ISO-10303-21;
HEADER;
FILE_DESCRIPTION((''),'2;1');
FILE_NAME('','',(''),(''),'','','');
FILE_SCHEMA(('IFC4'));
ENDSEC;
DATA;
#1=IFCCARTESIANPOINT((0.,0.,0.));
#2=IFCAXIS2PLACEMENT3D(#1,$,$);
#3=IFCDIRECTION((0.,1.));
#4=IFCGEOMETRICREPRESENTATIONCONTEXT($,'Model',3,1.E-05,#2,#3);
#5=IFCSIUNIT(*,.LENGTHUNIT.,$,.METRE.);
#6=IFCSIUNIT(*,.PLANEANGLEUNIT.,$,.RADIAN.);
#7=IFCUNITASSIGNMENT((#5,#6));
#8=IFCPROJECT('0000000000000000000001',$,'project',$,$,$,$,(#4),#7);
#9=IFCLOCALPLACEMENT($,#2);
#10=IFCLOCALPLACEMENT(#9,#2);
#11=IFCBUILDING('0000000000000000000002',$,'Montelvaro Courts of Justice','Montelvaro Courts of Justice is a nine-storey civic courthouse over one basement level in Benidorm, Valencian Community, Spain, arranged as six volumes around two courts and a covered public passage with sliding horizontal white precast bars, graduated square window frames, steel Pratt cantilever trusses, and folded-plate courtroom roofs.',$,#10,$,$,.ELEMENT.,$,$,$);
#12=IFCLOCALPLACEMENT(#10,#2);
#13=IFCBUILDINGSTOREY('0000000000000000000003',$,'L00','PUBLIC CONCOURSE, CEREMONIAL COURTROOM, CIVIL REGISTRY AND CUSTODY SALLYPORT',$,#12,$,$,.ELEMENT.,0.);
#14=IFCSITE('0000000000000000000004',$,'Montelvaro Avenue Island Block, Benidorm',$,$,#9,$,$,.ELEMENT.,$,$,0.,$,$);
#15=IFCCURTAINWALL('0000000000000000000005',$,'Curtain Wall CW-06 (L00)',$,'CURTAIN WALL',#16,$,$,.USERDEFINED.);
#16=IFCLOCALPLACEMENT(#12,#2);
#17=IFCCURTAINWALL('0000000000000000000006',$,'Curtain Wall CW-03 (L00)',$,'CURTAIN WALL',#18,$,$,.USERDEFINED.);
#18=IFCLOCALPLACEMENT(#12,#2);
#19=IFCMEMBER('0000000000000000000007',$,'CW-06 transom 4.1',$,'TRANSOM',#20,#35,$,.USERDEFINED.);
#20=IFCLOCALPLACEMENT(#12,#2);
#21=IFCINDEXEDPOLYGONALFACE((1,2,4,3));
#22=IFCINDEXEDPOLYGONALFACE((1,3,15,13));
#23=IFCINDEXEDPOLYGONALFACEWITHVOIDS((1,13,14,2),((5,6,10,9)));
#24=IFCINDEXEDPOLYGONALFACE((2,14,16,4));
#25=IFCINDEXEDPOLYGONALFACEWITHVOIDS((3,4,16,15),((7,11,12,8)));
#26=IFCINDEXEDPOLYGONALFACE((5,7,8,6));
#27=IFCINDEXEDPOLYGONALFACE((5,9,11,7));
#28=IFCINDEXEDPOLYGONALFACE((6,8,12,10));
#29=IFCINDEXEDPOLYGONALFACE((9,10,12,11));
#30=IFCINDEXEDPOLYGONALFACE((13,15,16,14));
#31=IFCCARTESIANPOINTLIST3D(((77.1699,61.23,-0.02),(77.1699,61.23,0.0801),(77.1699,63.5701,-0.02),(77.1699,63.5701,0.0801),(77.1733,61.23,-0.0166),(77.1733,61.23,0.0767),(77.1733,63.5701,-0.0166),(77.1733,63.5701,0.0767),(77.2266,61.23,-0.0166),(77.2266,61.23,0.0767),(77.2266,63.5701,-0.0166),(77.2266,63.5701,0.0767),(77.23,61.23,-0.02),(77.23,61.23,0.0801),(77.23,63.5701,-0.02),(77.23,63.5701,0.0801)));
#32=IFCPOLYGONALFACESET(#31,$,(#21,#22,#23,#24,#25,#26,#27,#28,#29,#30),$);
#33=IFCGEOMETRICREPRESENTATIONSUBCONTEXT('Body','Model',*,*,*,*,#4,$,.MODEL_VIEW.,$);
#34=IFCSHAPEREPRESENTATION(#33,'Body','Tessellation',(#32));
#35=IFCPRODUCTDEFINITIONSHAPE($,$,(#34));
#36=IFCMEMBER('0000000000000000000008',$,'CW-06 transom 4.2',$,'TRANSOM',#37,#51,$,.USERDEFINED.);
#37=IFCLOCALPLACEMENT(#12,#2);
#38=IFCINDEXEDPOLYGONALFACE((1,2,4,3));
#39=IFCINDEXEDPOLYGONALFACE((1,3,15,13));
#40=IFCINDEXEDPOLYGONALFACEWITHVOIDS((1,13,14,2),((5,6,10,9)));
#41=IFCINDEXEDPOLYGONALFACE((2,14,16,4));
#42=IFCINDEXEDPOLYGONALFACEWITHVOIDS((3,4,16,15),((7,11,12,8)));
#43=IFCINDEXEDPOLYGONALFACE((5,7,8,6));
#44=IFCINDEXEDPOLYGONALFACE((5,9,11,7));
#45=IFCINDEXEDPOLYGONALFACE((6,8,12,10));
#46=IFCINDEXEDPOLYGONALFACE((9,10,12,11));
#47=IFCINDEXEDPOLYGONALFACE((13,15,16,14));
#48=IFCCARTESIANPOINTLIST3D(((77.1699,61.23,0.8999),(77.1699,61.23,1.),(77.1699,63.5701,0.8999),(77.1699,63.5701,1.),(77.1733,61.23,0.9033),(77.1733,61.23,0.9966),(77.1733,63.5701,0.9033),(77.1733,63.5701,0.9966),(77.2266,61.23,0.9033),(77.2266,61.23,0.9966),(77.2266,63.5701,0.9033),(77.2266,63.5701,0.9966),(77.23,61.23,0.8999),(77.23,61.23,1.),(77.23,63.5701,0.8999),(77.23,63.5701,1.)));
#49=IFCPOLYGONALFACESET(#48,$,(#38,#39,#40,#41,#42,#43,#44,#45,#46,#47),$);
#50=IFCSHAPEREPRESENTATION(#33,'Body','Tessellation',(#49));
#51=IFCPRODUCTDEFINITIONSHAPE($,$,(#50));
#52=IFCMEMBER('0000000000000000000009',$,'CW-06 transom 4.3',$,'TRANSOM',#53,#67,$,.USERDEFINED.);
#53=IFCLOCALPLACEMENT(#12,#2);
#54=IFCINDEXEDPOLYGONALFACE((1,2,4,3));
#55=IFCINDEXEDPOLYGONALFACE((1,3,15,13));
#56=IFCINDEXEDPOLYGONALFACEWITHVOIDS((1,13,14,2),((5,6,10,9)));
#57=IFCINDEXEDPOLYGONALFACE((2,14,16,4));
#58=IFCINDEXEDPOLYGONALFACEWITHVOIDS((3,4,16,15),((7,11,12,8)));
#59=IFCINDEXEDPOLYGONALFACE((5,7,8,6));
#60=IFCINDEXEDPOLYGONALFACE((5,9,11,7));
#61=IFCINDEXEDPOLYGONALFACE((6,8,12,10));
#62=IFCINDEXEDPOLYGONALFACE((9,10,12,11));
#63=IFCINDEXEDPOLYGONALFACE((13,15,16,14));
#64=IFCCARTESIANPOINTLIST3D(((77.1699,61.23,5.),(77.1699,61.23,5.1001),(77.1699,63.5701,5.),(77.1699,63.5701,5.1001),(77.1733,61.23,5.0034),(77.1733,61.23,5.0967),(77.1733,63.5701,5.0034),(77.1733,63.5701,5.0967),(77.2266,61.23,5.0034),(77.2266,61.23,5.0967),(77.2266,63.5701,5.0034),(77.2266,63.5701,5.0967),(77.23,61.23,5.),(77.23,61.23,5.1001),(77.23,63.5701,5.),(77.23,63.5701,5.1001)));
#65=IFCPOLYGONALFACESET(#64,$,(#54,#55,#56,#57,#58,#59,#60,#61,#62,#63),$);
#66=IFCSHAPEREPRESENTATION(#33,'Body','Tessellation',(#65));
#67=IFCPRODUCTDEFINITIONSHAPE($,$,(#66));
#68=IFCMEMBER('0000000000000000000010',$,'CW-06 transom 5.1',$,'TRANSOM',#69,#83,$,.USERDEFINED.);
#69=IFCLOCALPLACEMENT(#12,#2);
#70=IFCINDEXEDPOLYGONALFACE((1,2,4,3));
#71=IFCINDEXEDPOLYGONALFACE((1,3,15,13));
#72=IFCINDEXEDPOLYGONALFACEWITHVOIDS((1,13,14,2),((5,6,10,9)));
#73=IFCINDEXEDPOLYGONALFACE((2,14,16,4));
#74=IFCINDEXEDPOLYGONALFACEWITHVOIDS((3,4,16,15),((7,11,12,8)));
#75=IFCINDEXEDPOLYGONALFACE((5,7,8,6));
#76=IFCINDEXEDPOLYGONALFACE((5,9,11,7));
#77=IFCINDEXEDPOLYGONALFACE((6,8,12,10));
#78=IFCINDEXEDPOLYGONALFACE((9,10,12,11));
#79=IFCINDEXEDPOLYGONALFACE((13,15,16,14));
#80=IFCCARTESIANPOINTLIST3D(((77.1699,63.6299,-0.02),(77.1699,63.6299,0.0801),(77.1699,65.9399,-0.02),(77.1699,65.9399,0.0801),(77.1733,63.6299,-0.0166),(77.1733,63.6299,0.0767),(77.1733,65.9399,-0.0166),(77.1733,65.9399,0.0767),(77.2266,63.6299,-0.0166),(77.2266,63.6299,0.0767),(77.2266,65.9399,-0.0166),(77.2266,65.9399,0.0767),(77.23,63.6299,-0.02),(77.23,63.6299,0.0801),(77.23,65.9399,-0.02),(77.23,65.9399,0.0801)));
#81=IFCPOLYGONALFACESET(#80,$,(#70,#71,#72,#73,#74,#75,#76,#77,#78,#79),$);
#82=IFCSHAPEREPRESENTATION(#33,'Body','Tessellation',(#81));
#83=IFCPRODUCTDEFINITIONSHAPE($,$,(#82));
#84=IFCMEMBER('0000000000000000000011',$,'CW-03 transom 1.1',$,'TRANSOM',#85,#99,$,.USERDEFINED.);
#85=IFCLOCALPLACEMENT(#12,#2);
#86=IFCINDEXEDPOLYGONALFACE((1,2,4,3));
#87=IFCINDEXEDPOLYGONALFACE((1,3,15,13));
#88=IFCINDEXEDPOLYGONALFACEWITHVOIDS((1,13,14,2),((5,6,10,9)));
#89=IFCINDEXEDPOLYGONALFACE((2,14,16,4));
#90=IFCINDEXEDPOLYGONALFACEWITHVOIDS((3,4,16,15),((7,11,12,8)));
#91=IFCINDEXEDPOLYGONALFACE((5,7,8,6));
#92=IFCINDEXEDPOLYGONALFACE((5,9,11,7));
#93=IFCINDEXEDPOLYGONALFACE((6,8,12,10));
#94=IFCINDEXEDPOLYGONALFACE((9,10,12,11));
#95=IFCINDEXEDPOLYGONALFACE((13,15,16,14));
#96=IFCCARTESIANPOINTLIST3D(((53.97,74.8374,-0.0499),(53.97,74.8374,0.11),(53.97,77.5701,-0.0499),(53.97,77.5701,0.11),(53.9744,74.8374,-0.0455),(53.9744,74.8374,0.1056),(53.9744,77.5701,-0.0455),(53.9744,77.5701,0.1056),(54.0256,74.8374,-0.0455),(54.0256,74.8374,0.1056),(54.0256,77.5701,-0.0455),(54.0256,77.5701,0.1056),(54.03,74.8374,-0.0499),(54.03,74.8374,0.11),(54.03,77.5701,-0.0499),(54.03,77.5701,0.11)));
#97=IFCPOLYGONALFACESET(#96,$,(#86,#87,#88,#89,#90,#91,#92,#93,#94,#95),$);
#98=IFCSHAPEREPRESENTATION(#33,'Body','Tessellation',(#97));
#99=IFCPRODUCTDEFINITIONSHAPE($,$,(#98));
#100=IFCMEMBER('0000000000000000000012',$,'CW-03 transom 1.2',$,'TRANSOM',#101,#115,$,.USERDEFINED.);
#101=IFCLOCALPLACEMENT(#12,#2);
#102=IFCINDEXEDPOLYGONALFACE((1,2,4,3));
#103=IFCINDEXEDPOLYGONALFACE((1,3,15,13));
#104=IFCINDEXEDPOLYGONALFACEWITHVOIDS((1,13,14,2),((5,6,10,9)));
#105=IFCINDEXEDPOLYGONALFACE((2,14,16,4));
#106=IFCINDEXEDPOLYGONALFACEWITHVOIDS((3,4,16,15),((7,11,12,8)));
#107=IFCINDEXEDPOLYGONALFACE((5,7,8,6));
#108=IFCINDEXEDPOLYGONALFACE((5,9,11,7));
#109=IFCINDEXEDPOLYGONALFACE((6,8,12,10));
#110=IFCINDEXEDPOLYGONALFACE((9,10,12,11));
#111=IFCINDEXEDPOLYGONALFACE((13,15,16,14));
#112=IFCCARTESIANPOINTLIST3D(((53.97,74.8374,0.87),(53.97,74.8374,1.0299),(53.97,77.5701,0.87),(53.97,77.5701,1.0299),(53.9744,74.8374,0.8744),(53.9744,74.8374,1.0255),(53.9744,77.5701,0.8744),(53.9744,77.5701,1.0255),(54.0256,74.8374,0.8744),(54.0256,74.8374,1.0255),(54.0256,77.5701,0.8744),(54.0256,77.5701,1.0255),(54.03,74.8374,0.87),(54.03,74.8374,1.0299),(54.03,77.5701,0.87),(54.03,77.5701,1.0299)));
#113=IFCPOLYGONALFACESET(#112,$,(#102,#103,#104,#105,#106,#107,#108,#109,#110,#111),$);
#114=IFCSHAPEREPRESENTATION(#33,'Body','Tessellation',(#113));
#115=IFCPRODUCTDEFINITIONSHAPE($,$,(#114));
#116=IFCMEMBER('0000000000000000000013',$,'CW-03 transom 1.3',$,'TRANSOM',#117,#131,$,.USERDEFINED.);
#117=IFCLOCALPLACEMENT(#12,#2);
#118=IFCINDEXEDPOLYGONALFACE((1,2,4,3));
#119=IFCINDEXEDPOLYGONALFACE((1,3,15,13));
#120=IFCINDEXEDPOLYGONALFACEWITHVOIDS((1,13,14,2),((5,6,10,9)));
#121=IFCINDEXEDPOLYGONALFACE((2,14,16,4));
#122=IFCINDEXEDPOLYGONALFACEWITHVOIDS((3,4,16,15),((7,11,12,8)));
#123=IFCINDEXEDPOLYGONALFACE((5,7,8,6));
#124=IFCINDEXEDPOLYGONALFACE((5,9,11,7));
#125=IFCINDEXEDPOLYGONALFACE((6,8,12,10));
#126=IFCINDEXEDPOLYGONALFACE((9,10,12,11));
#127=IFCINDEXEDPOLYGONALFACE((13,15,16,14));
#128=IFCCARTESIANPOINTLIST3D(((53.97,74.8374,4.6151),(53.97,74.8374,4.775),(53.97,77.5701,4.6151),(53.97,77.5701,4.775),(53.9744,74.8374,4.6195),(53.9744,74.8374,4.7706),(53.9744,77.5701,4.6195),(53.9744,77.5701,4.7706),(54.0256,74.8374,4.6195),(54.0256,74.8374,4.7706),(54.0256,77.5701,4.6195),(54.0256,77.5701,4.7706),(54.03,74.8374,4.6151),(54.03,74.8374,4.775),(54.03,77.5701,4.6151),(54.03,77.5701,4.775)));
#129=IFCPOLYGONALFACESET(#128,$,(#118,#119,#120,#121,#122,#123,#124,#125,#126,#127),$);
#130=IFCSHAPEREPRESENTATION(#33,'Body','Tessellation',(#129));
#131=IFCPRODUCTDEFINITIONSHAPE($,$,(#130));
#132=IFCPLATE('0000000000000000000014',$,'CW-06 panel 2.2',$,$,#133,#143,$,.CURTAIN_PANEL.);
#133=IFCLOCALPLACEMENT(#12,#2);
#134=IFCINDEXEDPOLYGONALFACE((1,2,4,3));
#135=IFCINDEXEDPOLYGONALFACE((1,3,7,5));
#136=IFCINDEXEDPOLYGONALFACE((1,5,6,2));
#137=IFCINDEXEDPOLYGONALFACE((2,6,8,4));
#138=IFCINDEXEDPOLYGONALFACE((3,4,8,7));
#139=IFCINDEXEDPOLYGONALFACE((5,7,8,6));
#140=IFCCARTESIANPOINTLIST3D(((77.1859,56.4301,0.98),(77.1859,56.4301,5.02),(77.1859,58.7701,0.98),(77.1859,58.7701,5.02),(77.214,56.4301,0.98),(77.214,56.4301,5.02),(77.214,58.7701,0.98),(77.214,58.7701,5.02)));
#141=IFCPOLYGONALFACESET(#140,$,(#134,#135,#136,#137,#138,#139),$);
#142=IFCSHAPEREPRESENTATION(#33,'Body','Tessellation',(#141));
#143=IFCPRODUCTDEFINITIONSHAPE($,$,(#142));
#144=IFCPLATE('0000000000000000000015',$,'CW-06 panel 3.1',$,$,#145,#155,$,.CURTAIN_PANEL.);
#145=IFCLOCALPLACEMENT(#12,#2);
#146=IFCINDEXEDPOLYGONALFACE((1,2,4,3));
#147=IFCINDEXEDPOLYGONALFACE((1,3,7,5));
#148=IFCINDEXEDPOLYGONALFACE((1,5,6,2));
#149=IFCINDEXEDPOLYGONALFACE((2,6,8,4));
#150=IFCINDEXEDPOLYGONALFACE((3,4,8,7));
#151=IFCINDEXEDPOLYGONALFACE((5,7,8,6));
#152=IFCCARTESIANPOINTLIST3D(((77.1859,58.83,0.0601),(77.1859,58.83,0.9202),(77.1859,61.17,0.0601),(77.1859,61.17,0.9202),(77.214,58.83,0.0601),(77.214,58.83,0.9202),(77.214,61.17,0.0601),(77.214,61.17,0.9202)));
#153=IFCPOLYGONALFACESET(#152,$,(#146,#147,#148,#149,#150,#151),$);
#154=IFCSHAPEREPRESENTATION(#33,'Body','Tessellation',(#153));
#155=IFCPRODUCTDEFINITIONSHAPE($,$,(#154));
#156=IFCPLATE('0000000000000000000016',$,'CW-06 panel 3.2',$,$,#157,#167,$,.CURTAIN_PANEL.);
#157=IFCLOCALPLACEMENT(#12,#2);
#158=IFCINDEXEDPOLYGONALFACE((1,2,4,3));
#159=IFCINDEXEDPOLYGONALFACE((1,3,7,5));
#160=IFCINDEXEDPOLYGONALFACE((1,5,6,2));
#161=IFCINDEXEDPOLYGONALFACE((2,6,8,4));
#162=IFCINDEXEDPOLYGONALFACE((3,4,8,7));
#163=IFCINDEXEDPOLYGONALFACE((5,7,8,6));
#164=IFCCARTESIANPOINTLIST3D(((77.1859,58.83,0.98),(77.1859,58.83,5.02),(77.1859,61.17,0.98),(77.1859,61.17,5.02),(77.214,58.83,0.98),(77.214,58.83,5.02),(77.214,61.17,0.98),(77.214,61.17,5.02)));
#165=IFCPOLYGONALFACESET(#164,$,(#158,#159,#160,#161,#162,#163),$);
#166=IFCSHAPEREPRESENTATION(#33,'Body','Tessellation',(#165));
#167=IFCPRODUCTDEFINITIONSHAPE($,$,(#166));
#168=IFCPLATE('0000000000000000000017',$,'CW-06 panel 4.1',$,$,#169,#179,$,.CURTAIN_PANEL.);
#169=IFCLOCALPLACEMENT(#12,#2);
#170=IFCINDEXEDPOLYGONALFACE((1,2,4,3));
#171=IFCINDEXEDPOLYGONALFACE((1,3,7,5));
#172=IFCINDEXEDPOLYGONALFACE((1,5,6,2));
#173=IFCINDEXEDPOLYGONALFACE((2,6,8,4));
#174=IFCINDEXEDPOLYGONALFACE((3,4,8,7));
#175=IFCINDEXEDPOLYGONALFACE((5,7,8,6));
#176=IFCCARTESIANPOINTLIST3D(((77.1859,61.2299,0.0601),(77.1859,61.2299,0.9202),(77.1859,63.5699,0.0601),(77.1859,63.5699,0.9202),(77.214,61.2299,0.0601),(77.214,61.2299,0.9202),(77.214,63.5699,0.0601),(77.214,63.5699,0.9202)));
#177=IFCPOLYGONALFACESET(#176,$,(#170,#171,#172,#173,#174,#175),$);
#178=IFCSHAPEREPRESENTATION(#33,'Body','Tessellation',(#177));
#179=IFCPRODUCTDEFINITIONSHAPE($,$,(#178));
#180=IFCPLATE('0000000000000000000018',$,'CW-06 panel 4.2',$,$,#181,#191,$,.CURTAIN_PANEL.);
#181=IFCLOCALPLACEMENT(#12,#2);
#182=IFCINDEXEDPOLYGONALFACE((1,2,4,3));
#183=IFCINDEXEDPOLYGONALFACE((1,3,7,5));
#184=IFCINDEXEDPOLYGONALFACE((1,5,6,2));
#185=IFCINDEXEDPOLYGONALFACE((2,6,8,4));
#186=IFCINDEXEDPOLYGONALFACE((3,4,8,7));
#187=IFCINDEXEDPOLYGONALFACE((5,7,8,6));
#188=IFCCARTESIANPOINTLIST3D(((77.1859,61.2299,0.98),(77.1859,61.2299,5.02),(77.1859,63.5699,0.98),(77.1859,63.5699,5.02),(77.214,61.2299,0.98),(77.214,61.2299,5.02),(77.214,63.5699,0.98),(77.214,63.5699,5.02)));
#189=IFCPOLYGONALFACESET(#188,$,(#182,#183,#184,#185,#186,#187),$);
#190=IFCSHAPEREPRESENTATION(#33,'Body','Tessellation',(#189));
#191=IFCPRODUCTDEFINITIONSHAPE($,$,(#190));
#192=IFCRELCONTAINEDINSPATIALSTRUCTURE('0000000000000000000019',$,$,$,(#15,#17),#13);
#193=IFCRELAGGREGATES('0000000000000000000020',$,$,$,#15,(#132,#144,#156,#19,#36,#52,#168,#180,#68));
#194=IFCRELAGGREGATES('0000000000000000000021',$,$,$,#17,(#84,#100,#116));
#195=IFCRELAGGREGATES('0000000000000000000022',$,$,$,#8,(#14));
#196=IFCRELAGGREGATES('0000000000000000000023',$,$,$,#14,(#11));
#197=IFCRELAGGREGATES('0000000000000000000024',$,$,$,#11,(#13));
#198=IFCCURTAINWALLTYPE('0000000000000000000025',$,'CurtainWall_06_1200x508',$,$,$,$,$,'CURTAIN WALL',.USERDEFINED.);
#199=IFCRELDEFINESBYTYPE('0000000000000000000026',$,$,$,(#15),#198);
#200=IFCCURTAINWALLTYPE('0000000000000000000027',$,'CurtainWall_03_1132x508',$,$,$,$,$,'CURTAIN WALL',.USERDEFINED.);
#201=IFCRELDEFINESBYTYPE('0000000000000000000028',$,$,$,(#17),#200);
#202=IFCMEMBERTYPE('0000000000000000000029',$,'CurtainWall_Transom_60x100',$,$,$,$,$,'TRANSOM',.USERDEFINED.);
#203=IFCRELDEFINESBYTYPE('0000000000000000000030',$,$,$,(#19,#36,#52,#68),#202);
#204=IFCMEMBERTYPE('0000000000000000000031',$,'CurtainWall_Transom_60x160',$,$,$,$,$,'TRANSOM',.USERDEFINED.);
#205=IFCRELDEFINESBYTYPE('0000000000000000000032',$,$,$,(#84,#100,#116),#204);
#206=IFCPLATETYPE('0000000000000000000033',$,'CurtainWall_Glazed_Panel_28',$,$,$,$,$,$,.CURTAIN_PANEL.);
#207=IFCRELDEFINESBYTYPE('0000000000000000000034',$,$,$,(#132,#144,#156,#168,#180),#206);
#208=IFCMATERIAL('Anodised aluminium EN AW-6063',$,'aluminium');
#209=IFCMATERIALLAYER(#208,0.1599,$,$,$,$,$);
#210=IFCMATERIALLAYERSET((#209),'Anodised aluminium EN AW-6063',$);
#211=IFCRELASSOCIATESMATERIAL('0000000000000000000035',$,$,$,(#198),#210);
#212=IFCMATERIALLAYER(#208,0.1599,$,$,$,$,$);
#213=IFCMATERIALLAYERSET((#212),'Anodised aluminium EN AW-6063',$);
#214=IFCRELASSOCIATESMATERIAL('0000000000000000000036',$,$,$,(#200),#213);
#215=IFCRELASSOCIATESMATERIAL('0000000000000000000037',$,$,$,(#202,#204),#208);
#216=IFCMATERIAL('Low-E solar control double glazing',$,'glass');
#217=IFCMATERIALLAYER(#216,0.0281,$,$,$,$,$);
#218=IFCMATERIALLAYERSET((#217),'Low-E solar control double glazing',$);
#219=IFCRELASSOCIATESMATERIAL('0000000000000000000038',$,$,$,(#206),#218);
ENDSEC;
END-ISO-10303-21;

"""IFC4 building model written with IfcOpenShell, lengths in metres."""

from ifc_helpers import new_model, si_unit, direction, frame, origin, origin_2d, place, context, subcontext, project, spatial, rectangle, hollow_rectangle, extrude, material, layer, layer_set, material_profile, profile_set, type_object, element, aggregate, save


model = new_model("IFC4")

# Units and contexts
model_context = context("Model", 3, precision=1e-05, world=origin(), true_north=direction((0.0, 1.0)))
body_context = subcontext(model_context, "Body", "Model", "MODEL_VIEW")
ifc_project = project(units=[si_unit("LENGTHUNIT", "METRE"), si_unit("PLANEANGLEUNIT", "RADIAN")], contexts=[model_context])

# Site, building, storey
site_placement = place(None, origin())
site = spatial("IfcSite", under=ifc_project, at=site_placement, Name="Montelvaro Avenue Island Block, Benidorm", CompositionType="ELEMENT", RefElevation=0.0)
building_placement = place(site_placement, origin())
building = spatial("IfcBuilding", under=site, at=building_placement, Name="Montelvaro Courts of Justice", Description="Montelvaro Courts of Justice is a nine-storey civic courthouse over one basement level in Benidorm, Valencian Community, Spain, arranged as six volumes around two courts and a covered public passage with sliding horizontal white precast bars, graduated square window frames, steel Pratt cantilever trusses, and folded-plate courtroom roofs.", CompositionType="ELEMENT")
storey_placement = place(building_placement, origin())
storey = spatial("IfcBuildingStorey", under=building, at=storey_placement, Name="L00", Description="PUBLIC CONCOURSE, CEREMONIAL COURTROOM, CIVIL REGISTRY AND CUSTODY SALLYPORT", CompositionType="ELEMENT", Elevation=0.0)

# Curtain wall
ifc_material_1 = material(Name="Anodised aluminium EN AW-6063", Category="aluminium")
ifc_layer_1 = layer(ifc_material_1, 0.1599)
ifc_layer_set_1 = layer_set([ifc_layer_1], Name="Anodised aluminium EN AW-6063")
curtain_wall_type_1 = type_object("IfcCurtainWallType", Name="CurtainWall_06_1200x508", ElementType="CURTAIN WALL", PredefinedType="USERDEFINED", material=ifc_layer_set_1)
curtain_wall_1_placement = place(storey_placement, origin())
curtain_wall_1 = element("IfcCurtainWall", 1, at=curtain_wall_1_placement, inside=storey, type_object=curtain_wall_type_1, Name="Curtain Wall CW-06 (L00)", ObjectType="CURTAIN WALL", PredefinedType="USERDEFINED")

# Curtain wall
ifc_layer_2 = layer(ifc_material_1, 0.1599)
ifc_layer_set_2 = layer_set([ifc_layer_2], Name="Anodised aluminium EN AW-6063")
curtain_wall_type_2 = type_object("IfcCurtainWallType", Name="CurtainWall_03_1132x508", ElementType="CURTAIN WALL", PredefinedType="USERDEFINED", material=ifc_layer_set_2)
curtain_wall_2_placement = place(storey_placement, origin())
curtain_wall_2 = element("IfcCurtainWall", 2, at=curtain_wall_2_placement, inside=storey, type_object=curtain_wall_type_2, Name="Curtain Wall CW-03 (L00)", ObjectType="CURTAIN WALL", PredefinedType="USERDEFINED")

# Members
ifc_material_profile_1 = material_profile(ifc_material_1, hollow_rectangle(XDim=0.0601, YDim=0.1001, WallThickness=0.0034, at=origin_2d()), Name="ALU-T 60x100")
ifc_profile_set_1 = profile_set([ifc_material_profile_1], Name="Anodised aluminium EN AW-6063")
member_type_1 = type_object("IfcMemberType", Name="CurtainWall_Transom_60x100", ElementType="TRANSOM", PredefinedType="USERDEFINED", material=ifc_profile_set_1)
member_1_placement = place(storey_placement, frame((77.2, 61.23, 0.03), z_axis=(0.0, 1.0, 0.0), x_axis=(-1.0, 0.0, 0.0)))
member_1 = element("IfcMember", 3, at=member_1_placement, type_object=member_type_1, Name="CW-06 transom 4.1", ObjectType="TRANSOM", PredefinedType="USERDEFINED", context=body_context, shape_type="SweptSolid", body=[
    extrude(hollow_rectangle(XDim=0.0601, YDim=0.1001, WallThickness=0.0034, at=origin_2d()), origin(), (0.0, 0.0, 1.0), 2.3401),
])
member_2_placement = place(storey_placement, frame((77.2, 61.23, 0.95), z_axis=(0.0, 1.0, 0.0), x_axis=(-1.0, 0.0, 0.0)))
member_2 = element("IfcMember", 4, at=member_2_placement, type_object=member_type_1, Name="CW-06 transom 4.2", ObjectType="TRANSOM", PredefinedType="USERDEFINED", context=body_context, shape_type="SweptSolid", body=[
    extrude(hollow_rectangle(XDim=0.0601, YDim=0.1001, WallThickness=0.0034, at=origin_2d()), origin(), (0.0, 0.0, 1.0), 2.3401),
])
member_3_placement = place(storey_placement, frame((77.2, 61.23, 5.05), z_axis=(0.0, 1.0, 0.0), x_axis=(-1.0, 0.0, 0.0)))
member_3 = element("IfcMember", 5, at=member_3_placement, type_object=member_type_1, Name="CW-06 transom 4.3", ObjectType="TRANSOM", PredefinedType="USERDEFINED", context=body_context, shape_type="SweptSolid", body=[
    extrude(hollow_rectangle(XDim=0.0601, YDim=0.1001, WallThickness=0.0034, at=origin_2d()), origin(), (0.0, 0.0, 1.0), 2.3401),
])
member_4_placement = place(storey_placement, frame((77.2, 63.6299, 0.03), z_axis=(0.0, 1.0, 0.0), x_axis=(-1.0, 0.0, 0.0)))
member_4 = element("IfcMember", 6, at=member_4_placement, type_object=member_type_1, Name="CW-06 transom 5.1", ObjectType="TRANSOM", PredefinedType="USERDEFINED", context=body_context, shape_type="SweptSolid", body=[
    extrude(hollow_rectangle(XDim=0.0601, YDim=0.1001, WallThickness=0.0034, at=origin_2d()), origin(), (0.0, 0.0, 1.0), 2.3101),
])
ifc_material_profile_2 = material_profile(ifc_material_1, hollow_rectangle(XDim=0.0601, YDim=0.1599, WallThickness=0.0044, at=origin_2d()), Name="ALU-T 60x160")
ifc_profile_set_2 = profile_set([ifc_material_profile_2], Name="Anodised aluminium EN AW-6063")
member_type_2 = type_object("IfcMemberType", Name="CurtainWall_Transom_60x160", ElementType="TRANSOM", PredefinedType="USERDEFINED", material=ifc_profile_set_2)
member_5_placement = place(storey_placement, frame((54.0, 77.5701, 0.03), z_axis=(0.0, -1.0, 0.0), x_axis=(1.0, 0.0, 0.0)))
member_5 = element("IfcMember", 7, at=member_5_placement, type_object=member_type_2, Name="CW-03 transom 1.1", ObjectType="TRANSOM", PredefinedType="USERDEFINED", context=body_context, shape_type="SweptSolid", body=[
    extrude(hollow_rectangle(XDim=0.0601, YDim=0.1599, WallThickness=0.0044, at=origin_2d()), origin(), (0.0, 0.0, 1.0), 2.7327),
])
member_6_placement = place(storey_placement, frame((54.0, 77.5701, 0.95), z_axis=(0.0, -1.0, 0.0), x_axis=(1.0, 0.0, 0.0)))
member_6 = element("IfcMember", 8, at=member_6_placement, type_object=member_type_2, Name="CW-03 transom 1.2", ObjectType="TRANSOM", PredefinedType="USERDEFINED", context=body_context, shape_type="SweptSolid", body=[
    extrude(hollow_rectangle(XDim=0.0601, YDim=0.1599, WallThickness=0.0044, at=origin_2d()), origin(), (0.0, 0.0, 1.0), 2.7327),
])
member_7_placement = place(storey_placement, frame((54.0, 77.5701, 4.6951), z_axis=(0.0, -1.0, 0.0), x_axis=(1.0, 0.0, 0.0)))
member_7 = element("IfcMember", 9, at=member_7_placement, type_object=member_type_2, Name="CW-03 transom 1.3", ObjectType="TRANSOM", PredefinedType="USERDEFINED", context=body_context, shape_type="SweptSolid", body=[
    extrude(hollow_rectangle(XDim=0.0601, YDim=0.1599, WallThickness=0.0044, at=origin_2d()), origin(), (0.0, 0.0, 1.0), 2.7327),
])

# Plates
ifc_material_2 = material(Name="Low-E solar control double glazing", Category="glass")
ifc_layer_3 = layer(ifc_material_2, 0.0281)
ifc_layer_set_3 = layer_set([ifc_layer_3], Name="Low-E solar control double glazing")
plate_type = type_object("IfcPlateType", Name="CurtainWall_Glazed_Panel_28", PredefinedType="CURTAIN_PANEL", material=ifc_layer_set_3)
plate_1_placement = place(storey_placement, frame((77.2, 57.6001, 0.98), z_axis=(0.0, 0.0, 1.0), x_axis=(0.0, 1.0, 0.0)))
plate_1 = element("IfcPlate", 10, at=plate_1_placement, type_object=plate_type, Name="CW-06 panel 2.2", PredefinedType="CURTAIN_PANEL", context=body_context, shape_type="SweptSolid", body=[
    extrude(rectangle(XDim=2.3401, YDim=0.0281, at=origin_2d()), origin(), (0.0, 0.0, 1.0), 4.04),
])
plate_2_placement = place(storey_placement, frame((77.2, 60.0, 0.0601), z_axis=(0.0, 0.0, 1.0), x_axis=(0.0, 1.0, 0.0)))
plate_2 = element("IfcPlate", 11, at=plate_2_placement, type_object=plate_type, Name="CW-06 panel 3.1", PredefinedType="CURTAIN_PANEL", context=body_context, shape_type="SweptSolid", body=[
    extrude(rectangle(XDim=2.3401, YDim=0.0281, at=origin_2d()), origin(), (0.0, 0.0, 1.0), 0.8601),
])
plate_3_placement = place(storey_placement, frame((77.2, 60.0, 0.98), z_axis=(0.0, 0.0, 1.0), x_axis=(0.0, 1.0, 0.0)))
plate_3 = element("IfcPlate", 12, at=plate_3_placement, type_object=plate_type, Name="CW-06 panel 3.2", PredefinedType="CURTAIN_PANEL", context=body_context, shape_type="SweptSolid", body=[
    extrude(rectangle(XDim=2.3401, YDim=0.0281, at=origin_2d()), origin(), (0.0, 0.0, 1.0), 4.04),
])
plate_4_placement = place(storey_placement, frame((77.2, 62.3999, 0.0601), z_axis=(0.0, 0.0, 1.0), x_axis=(0.0, 1.0, 0.0)))
plate_4 = element("IfcPlate", 13, at=plate_4_placement, type_object=plate_type, Name="CW-06 panel 4.1", PredefinedType="CURTAIN_PANEL", context=body_context, shape_type="SweptSolid", body=[
    extrude(rectangle(XDim=2.3401, YDim=0.0281, at=origin_2d()), origin(), (0.0, 0.0, 1.0), 0.8601),
])
plate_5_placement = place(storey_placement, frame((77.2, 62.3999, 0.98), z_axis=(0.0, 0.0, 1.0), x_axis=(0.0, 1.0, 0.0)))
plate_5 = element("IfcPlate", 14, at=plate_5_placement, type_object=plate_type, Name="CW-06 panel 4.2", PredefinedType="CURTAIN_PANEL", context=body_context, shape_type="SweptSolid", body=[
    extrude(rectangle(XDim=2.3401, YDim=0.0281, at=origin_2d()), origin(), (0.0, 0.0, 1.0), 4.04),
])
aggregate(curtain_wall_1, [plate_1, plate_2, plate_3, member_1, member_2, member_3, plate_4, plate_5, member_4])
aggregate(curtain_wall_2, [member_5, member_6, member_7])

save(model, "model.ifc")
